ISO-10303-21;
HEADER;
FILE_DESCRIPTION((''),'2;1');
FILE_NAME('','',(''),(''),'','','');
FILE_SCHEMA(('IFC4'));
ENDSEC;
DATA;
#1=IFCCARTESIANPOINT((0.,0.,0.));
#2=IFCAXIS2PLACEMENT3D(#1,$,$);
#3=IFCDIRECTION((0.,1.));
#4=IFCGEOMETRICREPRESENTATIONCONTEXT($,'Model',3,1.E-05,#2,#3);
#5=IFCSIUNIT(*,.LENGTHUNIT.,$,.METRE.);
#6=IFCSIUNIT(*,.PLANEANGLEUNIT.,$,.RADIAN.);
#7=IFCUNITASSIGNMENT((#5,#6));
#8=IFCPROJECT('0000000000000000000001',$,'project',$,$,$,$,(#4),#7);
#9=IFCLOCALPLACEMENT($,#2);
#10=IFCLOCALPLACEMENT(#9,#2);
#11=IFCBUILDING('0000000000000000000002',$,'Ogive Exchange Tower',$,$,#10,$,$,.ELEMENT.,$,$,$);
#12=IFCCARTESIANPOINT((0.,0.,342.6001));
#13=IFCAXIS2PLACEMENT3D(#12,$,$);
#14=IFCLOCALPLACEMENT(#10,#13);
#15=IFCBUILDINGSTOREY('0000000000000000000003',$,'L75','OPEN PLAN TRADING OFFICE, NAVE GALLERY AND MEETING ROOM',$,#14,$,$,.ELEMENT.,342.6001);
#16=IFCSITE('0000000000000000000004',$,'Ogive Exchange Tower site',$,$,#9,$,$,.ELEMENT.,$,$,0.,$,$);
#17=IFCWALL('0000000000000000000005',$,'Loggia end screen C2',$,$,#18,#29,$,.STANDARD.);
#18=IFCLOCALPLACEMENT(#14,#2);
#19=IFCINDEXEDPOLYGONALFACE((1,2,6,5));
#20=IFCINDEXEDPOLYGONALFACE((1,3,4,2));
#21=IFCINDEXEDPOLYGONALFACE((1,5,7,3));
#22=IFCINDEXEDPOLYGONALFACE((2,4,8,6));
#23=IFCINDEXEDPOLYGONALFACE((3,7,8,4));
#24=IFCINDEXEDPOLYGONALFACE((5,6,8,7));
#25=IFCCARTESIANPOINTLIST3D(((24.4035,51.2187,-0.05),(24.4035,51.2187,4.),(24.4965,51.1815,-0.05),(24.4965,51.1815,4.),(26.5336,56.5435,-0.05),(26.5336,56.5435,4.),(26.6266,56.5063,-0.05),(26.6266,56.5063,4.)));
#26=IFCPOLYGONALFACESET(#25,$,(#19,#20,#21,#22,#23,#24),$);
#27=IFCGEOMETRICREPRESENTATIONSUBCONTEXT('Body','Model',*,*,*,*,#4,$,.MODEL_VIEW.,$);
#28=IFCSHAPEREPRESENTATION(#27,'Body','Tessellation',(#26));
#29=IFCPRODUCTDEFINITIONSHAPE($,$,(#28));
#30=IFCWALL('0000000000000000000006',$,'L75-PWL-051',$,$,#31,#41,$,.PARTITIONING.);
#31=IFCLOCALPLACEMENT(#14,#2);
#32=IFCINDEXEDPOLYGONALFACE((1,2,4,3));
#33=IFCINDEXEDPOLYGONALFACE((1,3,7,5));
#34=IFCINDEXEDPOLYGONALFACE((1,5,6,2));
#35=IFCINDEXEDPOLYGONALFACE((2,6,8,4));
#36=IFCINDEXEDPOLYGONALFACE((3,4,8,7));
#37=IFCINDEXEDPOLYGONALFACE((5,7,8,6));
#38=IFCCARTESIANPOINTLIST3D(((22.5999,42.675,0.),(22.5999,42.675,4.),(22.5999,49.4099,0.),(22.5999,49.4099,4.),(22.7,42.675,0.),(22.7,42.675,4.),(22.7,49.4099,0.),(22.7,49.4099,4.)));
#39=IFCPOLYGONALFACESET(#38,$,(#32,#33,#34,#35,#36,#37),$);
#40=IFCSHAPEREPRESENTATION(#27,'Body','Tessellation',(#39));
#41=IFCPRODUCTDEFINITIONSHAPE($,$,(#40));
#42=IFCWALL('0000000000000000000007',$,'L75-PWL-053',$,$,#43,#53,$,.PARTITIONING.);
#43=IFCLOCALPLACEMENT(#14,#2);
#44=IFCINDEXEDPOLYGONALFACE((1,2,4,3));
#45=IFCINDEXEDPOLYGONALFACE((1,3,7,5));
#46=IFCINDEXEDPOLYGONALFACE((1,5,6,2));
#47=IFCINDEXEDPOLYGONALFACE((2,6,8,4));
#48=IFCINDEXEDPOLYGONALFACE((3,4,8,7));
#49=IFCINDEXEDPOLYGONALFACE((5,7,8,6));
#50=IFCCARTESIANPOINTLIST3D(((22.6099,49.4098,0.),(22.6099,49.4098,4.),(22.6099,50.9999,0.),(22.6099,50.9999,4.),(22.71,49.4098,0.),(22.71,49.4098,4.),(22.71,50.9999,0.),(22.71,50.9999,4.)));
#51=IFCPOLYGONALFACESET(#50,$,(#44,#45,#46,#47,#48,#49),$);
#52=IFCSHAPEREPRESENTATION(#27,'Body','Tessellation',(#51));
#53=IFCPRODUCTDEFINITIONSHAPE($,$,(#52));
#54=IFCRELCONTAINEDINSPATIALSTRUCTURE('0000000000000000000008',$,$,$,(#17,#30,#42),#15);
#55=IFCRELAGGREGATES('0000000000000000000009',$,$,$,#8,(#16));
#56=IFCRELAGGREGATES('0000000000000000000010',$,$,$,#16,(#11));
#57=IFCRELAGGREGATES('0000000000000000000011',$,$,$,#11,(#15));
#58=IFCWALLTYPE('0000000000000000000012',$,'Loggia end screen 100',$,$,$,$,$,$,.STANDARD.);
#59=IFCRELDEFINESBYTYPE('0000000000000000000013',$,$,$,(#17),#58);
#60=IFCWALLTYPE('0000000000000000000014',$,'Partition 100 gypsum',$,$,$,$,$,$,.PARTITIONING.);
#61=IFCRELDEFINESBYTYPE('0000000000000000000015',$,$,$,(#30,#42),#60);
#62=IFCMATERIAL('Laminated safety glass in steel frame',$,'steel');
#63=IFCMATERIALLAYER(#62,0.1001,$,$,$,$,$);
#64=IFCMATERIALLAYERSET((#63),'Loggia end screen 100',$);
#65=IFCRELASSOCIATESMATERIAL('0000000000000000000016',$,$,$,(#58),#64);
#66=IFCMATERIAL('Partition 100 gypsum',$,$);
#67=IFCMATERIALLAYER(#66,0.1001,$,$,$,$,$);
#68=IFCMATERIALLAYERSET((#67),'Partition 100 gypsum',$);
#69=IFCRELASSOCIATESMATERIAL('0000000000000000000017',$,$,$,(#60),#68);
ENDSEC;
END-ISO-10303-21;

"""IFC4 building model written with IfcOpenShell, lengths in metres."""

from ifc_helpers import new_model, si_unit, direction, frame, frame_2d, origin, place, context, subcontext, project, spatial, rectangle, extrude, material, layer, layer_set, type_object, element, save


model = new_model("IFC4")

# Units and contexts
model_context = context("Model", 3, precision=1e-05, world=origin(), true_north=direction((0.0, 1.0)))
body_context = subcontext(model_context, "Body", "Model", "MODEL_VIEW")
ifc_project = project(units=[si_unit("LENGTHUNIT", "METRE"), si_unit("PLANEANGLEUNIT", "RADIAN")], contexts=[model_context])

# Site, building, storey
site_placement = place(None, origin())
site = spatial("IfcSite", under=ifc_project, at=site_placement, Name="Ogive Exchange Tower site", CompositionType="ELEMENT", RefElevation=0.0)
building_placement = place(site_placement, origin())
building = spatial("IfcBuilding", under=site, at=building_placement, Name="Ogive Exchange Tower", CompositionType="ELEMENT")
storey_placement = place(building_placement, frame((0.0, 0.0, 342.6001)))
storey = spatial("IfcBuildingStorey", under=building, at=storey_placement, Name="L75", Description="OPEN PLAN TRADING OFFICE, NAVE GALLERY AND MEETING ROOM", CompositionType="ELEMENT", Elevation=342.6001)

# Walls
ifc_material_1 = material(Name="Laminated safety glass in steel frame", Category="steel")
ifc_layer_1 = layer(ifc_material_1, 0.1001)
ifc_layer_set_1 = layer_set([ifc_layer_1], Name="Loggia end screen 100")
wall_type_1 = type_object("IfcWallType", Name="Loggia end screen 100", PredefinedType="STANDARD", material=ifc_layer_set_1)
wall_1_placement = place(storey_placement, frame((24.45, 51.2, -0.05), z_axis=(0.0, 0.0, 1.0), x_axis=(0.371413, 0.928468, 0.0)))
element("IfcWall", 1, at=wall_1_placement, inside=storey, type_object=wall_type_1, Name="Loggia end screen C2", PredefinedType="STANDARD", context=body_context, shape_type="SweptSolid", body=[
    extrude(rectangle(XDim=5.7351, YDim=0.1001, at=frame_2d((2.8677, 0.0))), origin(), (0.0, 0.0, 1.0), 4.05),
])
ifc_material_2 = material(Name="Partition 100 gypsum")
ifc_layer_2 = layer(ifc_material_2, 0.1001)
ifc_layer_set_2 = layer_set([ifc_layer_2], Name="Partition 100 gypsum")
wall_type_2 = type_object("IfcWallType", Name="Partition 100 gypsum", PredefinedType="PARTITIONING", material=ifc_layer_set_2)
wall_2_placement = place(storey_placement, frame((22.6499, 42.675, 0.0), z_axis=(0.0, 0.0, 1.0), x_axis=(0.0, 1.0, 0.0)))
element("IfcWall", 2, at=wall_2_placement, inside=storey, type_object=wall_type_2, Name="L75-PWL-051", PredefinedType="PARTITIONING", context=body_context, shape_type="SweptSolid", body=[
    extrude(rectangle(XDim=6.7349, YDim=0.1001, at=frame_2d((3.3674, 0.0))), origin(), (0.0, 0.0, 1.0), 4.0),
])
wall_3_placement = place(storey_placement, frame((22.6599, 49.4099, 0.0), z_axis=(0.0, 0.0, 1.0), x_axis=(0.0, 1.0, 0.0)))
element("IfcWall", 3, at=wall_3_placement, inside=storey, type_object=wall_type_2, Name="L75-PWL-053", PredefinedType="PARTITIONING", context=body_context, shape_type="SweptSolid", body=[
    extrude(rectangle(XDim=1.5901, YDim=0.1001, at=frame_2d((0.7949, 0.0))), origin(), (0.0, 0.0, 1.0), 4.0),
])

save(model, "model.ifc")
